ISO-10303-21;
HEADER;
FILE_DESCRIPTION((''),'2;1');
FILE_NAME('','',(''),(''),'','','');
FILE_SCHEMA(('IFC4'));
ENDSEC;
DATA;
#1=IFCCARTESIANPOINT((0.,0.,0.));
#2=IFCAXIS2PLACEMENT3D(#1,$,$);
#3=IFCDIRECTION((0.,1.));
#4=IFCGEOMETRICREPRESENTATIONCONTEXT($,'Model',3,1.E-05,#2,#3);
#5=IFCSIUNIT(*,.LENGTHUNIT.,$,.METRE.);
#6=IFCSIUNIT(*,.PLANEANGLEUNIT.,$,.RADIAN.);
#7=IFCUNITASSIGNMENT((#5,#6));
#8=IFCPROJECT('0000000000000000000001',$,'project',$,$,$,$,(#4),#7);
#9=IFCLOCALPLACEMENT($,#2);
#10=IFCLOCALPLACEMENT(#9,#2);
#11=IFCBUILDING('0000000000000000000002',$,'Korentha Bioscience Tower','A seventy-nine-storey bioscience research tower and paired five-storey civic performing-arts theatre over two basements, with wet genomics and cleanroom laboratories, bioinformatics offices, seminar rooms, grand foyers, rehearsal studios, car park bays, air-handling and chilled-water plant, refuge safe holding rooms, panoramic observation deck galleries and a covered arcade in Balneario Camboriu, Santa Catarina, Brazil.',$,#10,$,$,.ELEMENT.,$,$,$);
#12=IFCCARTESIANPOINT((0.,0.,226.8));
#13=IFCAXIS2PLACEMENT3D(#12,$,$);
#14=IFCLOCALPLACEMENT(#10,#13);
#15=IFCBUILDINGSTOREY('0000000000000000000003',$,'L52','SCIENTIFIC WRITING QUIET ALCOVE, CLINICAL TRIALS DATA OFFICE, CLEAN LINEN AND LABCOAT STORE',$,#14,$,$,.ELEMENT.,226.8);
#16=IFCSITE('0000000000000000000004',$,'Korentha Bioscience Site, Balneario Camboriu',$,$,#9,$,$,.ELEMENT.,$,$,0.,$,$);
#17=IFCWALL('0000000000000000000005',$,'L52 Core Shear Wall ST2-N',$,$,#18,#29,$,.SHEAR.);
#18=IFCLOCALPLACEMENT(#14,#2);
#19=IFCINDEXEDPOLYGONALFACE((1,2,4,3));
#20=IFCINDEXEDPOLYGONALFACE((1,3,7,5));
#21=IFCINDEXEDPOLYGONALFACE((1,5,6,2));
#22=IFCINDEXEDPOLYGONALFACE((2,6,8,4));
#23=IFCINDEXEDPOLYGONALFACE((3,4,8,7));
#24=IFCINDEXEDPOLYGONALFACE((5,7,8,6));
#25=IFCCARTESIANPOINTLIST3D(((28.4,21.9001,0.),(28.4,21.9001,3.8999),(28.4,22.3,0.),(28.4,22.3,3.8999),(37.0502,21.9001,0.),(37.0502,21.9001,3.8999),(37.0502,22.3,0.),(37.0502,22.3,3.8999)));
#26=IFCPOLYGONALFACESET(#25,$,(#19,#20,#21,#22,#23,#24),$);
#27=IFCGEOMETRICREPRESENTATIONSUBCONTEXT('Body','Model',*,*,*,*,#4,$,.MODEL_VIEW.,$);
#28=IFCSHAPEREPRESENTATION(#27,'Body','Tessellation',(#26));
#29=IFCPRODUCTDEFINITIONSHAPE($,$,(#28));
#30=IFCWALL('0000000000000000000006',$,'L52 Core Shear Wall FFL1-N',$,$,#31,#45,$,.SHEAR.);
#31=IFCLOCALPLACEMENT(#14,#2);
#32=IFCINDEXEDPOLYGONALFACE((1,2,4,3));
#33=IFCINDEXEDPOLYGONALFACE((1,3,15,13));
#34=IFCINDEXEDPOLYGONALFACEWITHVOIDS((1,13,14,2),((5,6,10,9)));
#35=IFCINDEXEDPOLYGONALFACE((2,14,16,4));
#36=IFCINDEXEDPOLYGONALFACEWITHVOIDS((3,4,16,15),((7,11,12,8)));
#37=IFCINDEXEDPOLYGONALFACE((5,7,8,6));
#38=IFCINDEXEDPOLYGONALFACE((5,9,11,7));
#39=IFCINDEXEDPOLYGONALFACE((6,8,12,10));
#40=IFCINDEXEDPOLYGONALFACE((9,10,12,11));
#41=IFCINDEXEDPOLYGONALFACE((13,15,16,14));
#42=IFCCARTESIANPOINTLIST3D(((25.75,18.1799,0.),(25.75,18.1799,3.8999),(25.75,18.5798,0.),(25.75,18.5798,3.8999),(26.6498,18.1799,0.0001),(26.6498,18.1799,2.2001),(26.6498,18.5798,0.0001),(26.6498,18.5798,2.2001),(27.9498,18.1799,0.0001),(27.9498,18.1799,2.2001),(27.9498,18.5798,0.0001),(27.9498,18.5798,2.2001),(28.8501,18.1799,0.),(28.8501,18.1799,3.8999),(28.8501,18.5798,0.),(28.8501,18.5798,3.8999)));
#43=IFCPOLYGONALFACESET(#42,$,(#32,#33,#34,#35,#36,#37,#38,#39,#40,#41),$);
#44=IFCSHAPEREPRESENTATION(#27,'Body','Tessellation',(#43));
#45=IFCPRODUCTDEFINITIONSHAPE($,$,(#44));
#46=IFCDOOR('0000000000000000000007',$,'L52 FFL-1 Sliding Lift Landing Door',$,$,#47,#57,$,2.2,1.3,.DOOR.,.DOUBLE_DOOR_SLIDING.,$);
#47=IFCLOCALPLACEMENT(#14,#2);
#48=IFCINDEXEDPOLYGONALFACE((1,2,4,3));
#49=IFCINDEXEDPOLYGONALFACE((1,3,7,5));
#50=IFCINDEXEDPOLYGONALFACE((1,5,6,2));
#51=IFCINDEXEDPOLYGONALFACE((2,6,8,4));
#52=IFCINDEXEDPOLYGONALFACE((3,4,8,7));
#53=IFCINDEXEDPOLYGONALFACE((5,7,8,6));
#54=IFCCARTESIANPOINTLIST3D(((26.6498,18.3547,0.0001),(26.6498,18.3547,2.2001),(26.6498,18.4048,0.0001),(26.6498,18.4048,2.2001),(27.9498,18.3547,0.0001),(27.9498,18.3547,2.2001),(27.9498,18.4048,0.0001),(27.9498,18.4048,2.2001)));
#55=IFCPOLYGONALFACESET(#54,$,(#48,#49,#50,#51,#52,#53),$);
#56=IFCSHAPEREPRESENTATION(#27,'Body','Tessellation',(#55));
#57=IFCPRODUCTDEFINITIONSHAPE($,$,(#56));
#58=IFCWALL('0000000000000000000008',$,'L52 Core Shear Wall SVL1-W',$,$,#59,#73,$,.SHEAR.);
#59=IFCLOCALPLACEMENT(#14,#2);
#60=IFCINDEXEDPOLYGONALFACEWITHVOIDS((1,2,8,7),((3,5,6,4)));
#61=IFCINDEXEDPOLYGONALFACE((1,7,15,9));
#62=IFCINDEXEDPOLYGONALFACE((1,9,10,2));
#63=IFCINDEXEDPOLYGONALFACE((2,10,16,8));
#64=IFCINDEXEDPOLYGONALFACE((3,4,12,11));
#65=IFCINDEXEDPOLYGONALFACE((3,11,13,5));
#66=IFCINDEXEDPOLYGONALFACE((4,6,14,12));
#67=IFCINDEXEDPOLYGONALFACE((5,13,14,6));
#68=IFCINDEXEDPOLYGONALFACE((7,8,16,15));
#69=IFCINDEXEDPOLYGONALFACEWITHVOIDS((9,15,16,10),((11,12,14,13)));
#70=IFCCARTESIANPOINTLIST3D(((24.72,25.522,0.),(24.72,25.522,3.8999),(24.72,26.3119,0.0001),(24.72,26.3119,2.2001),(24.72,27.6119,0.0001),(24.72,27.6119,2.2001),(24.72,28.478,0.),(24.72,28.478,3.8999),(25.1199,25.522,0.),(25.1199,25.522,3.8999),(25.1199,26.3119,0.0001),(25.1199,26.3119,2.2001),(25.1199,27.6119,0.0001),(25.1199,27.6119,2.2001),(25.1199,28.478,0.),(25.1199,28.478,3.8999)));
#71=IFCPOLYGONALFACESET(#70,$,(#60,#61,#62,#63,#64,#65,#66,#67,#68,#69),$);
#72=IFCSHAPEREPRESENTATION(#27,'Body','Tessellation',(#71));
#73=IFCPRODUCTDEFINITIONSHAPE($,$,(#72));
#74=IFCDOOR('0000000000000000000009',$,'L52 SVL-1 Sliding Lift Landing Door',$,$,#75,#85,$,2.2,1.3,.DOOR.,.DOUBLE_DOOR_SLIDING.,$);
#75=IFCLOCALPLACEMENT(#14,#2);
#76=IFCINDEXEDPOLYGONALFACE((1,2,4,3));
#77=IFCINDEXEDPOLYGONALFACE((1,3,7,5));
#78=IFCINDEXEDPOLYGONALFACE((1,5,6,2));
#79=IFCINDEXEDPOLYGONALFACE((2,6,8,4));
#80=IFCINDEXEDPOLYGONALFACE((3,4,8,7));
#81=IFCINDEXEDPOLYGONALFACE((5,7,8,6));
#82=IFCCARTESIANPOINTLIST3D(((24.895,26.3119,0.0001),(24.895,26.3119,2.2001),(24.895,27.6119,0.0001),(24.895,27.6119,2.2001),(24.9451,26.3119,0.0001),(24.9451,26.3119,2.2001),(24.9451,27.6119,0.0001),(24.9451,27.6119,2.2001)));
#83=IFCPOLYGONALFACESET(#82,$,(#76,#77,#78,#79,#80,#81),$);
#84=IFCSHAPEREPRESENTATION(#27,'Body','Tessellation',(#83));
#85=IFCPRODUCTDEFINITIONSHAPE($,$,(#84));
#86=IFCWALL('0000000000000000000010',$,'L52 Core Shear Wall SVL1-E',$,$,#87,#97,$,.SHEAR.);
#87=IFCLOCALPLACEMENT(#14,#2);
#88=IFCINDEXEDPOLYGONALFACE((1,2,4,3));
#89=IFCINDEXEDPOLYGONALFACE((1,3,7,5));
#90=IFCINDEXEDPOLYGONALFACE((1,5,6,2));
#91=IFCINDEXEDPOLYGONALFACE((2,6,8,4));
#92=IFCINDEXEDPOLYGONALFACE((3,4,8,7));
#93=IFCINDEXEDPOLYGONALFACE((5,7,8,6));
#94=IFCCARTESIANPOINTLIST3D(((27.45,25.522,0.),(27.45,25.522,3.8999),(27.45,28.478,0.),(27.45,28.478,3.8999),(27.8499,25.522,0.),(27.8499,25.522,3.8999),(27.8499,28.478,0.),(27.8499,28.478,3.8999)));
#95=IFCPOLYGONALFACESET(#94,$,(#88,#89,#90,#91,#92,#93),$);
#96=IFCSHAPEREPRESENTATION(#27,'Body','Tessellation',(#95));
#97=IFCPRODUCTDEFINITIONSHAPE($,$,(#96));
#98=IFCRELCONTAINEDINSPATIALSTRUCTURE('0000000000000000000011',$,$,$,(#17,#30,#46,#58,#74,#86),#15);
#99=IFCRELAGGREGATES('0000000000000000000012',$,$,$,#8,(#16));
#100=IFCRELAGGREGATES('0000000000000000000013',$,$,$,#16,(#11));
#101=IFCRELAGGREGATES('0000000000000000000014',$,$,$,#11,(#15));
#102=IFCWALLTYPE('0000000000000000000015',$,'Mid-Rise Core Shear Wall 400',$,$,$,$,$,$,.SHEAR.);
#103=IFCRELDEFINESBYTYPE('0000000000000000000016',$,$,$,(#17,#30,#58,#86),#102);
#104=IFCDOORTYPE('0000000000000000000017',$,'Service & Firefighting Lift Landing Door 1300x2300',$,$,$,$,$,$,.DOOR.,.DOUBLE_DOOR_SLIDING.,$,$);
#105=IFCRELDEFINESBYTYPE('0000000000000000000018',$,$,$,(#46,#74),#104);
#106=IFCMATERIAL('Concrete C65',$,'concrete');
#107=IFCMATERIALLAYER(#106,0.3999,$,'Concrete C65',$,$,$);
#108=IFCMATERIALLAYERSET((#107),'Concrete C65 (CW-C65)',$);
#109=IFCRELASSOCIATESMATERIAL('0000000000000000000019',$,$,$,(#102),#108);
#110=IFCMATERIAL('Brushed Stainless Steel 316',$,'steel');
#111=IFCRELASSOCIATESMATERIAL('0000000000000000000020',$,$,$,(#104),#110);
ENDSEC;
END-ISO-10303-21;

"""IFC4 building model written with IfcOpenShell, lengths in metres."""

from ifc_helpers import new_model, si_unit, direction, frame, frame_2d, origin, place, context, subcontext, project, spatial, rectangle, extrude, material, layer, layer_set, type_object, element, fill, save


model = new_model("IFC4")

# Units and contexts
model_context = context("Model", 3, precision=1e-05, world=origin(), true_north=direction((0.0, 1.0)))
body_context = subcontext(model_context, "Body", "Model", "MODEL_VIEW")
ifc_project = project(units=[si_unit("LENGTHUNIT", "METRE"), si_unit("PLANEANGLEUNIT", "RADIAN")], contexts=[model_context])

# Site, building, storey
site_placement = place(None, origin())
site = spatial("IfcSite", under=ifc_project, at=site_placement, Name="Korentha Bioscience Site, Balneario Camboriu", CompositionType="ELEMENT", RefElevation=0.0)
building_placement = place(site_placement, origin())
building = spatial("IfcBuilding", under=site, at=building_placement, Name="Korentha Bioscience Tower", Description="A seventy-nine-storey bioscience research tower and paired five-storey civic performing-arts theatre over two basements, with wet genomics and cleanroom laboratories, bioinformatics offices, seminar rooms, grand foyers, rehearsal studios, car park bays, air-handling and chilled-water plant, refuge safe holding rooms, panoramic observation deck galleries and a covered arcade in Balneario Camboriu, Santa Catarina, Brazil.", CompositionType="ELEMENT")
storey_placement = place(building_placement, frame((0.0, 0.0, 226.8)))
storey = spatial("IfcBuildingStorey", under=building, at=storey_placement, Name="L52", Description="SCIENTIFIC WRITING QUIET ALCOVE, CLINICAL TRIALS DATA OFFICE, CLEAN LINEN AND LABCOAT STORE", CompositionType="ELEMENT", Elevation=226.8)

# Shared definitions
ifc_material_1 = material(Name="Concrete C65", Category="concrete")

# Wall
ifc_layer_1 = layer(ifc_material_1, 0.3999, Name="Concrete C65")
ifc_layer_set_1 = layer_set([ifc_layer_1], Name="Concrete C65 (CW-C65)")
wall_type_1 = type_object("IfcWallType", Name="Mid-Rise Core Shear Wall 400", PredefinedType="SHEAR", material=ifc_layer_set_1)
wall_1_placement = place(storey_placement, frame((28.3999, 22.1001, 0.0), z_axis=(0.0, 0.0, 1.0), x_axis=(1.0, 0.0, 0.0)))
element("IfcWall", 1, at=wall_1_placement, inside=storey, type_object=wall_type_1, Name="L52 Core Shear Wall ST2-N", PredefinedType="SHEAR", context=body_context, shape_type="SweptSolid", body=[
    extrude(rectangle(XDim=8.6501, YDim=0.3999, at=frame_2d((4.3252, 0.0))), origin(), (0.0, 0.0, 1.0), 3.8999),
])

# Walls, openings, doors
wall_2_placement = place(storey_placement, frame((25.75, 18.3799, 0.0), z_axis=(0.0, 0.0, 1.0), x_axis=(1.0, 0.0, 0.0)))
wall_2 = element("IfcWall", 2, at=wall_2_placement, inside=storey, type_object=wall_type_1, Name="L52 Core Shear Wall FFL1-N", PredefinedType="SHEAR", context=body_context, shape_type="SweptSolid", body=[
    extrude(rectangle(XDim=3.1001, YDim=0.3999, at=frame_2d((1.55, 0.0))), origin(), (0.0, 0.0, 1.0), 3.8999),
])
opening_1_placement = place(wall_2_placement, frame((0.8999, 0.0, 0.0)))
opening_1 = element("IfcOpeningElement", 3, at=opening_1_placement, cuts=wall_2, PredefinedType="OPENING", context=body_context, shape_type="SweptSolid", body=[
    extrude(rectangle(XDim=1.3, YDim=2.2, at=frame_2d((0.6499, 1.1001))), frame((0.0, 0.2148, 0.0), z_axis=(0.0, -1.0, 0.0), x_axis=(1.0, 0.0, 0.0)), (0.0, 0.0, 1.0), 0.4297),
])
ifc_material_2 = material(Name="Brushed Stainless Steel 316", Category="steel")
door_type_1 = type_object("IfcDoorType", Name="Service & Firefighting Lift Landing Door 1300x2300", OperationType="DOUBLE_DOOR_SLIDING", PredefinedType="DOOR", material=ifc_material_2)
door_1_placement = place(opening_1_placement, origin())
door_1 = element("IfcDoor", 4, at=door_1_placement, inside=storey, type_object=door_type_1, Name="L52 FFL-1 Sliding Lift Landing Door", OperationType="DOUBLE_DOOR_SLIDING", OverallHeight=2.2, OverallWidth=1.3, PredefinedType="DOOR", context=body_context, shape_type="SweptSolid", body=[
    extrude(rectangle(XDim=1.3, YDim=2.2, at=frame_2d((0.6499, 1.1001))), frame((0.0, 0.0249, 0.0), z_axis=(0.0, -1.0, 0.0), x_axis=(1.0, 0.0, 0.0)), (0.0, 0.0, 1.0), 0.05),
])
fill(opening_1, door_1)
wall_3_placement = place(storey_placement, frame((24.9199, 25.522, 0.0), z_axis=(0.0, 0.0, 1.0), x_axis=(0.0, 1.0, 0.0)))
wall_3 = element("IfcWall", 5, at=wall_3_placement, inside=storey, type_object=wall_type_1, Name="L52 Core Shear Wall SVL1-W", PredefinedType="SHEAR", context=body_context, shape_type="SweptSolid", body=[
    extrude(rectangle(XDim=2.9561, YDim=0.3999, at=frame_2d((1.478, 0.0))), origin(), (0.0, 0.0, 1.0), 3.8999),
])
opening_2_placement = place(wall_3_placement, frame((0.79, 0.0, 0.0)))
opening_2 = element("IfcOpeningElement", 6, at=opening_2_placement, cuts=wall_3, PredefinedType="OPENING", context=body_context, shape_type="SweptSolid", body=[
    extrude(rectangle(XDim=1.3, YDim=2.2, at=frame_2d((0.6499, 1.1001))), frame((0.0, 0.2148, 0.0), z_axis=(0.0, -1.0, 0.0), x_axis=(1.0, 0.0, 0.0)), (0.0, 0.0, 1.0), 0.4297),
])
door_2_placement = place(opening_2_placement, origin())
door_2 = element("IfcDoor", 7, at=door_2_placement, inside=storey, type_object=door_type_1, Name="L52 SVL-1 Sliding Lift Landing Door", OperationType="DOUBLE_DOOR_SLIDING", OverallHeight=2.2, OverallWidth=1.3, PredefinedType="DOOR", context=body_context, shape_type="SweptSolid", body=[
    extrude(rectangle(XDim=1.3, YDim=2.2, at=frame_2d((0.6499, 1.1001))), frame((0.0, 0.0249, 0.0), z_axis=(0.0, -1.0, 0.0), x_axis=(1.0, 0.0, 0.0)), (0.0, 0.0, 1.0), 0.05),
])
fill(opening_2, door_2)

# Wall
wall_4_placement = place(storey_placement, frame((27.6499, 25.522, 0.0), z_axis=(0.0, 0.0, 1.0), x_axis=(0.0, 1.0, 0.0)))
element("IfcWall", 8, at=wall_4_placement, inside=storey, type_object=wall_type_1, Name="L52 Core Shear Wall SVL1-E", PredefinedType="SHEAR", context=body_context, shape_type="SweptSolid", body=[
    extrude(rectangle(XDim=2.9561, YDim=0.3999, at=frame_2d((1.478, 0.0))), origin(), (0.0, 0.0, 1.0), 3.8999),
])

save(model, "model.ifc")
